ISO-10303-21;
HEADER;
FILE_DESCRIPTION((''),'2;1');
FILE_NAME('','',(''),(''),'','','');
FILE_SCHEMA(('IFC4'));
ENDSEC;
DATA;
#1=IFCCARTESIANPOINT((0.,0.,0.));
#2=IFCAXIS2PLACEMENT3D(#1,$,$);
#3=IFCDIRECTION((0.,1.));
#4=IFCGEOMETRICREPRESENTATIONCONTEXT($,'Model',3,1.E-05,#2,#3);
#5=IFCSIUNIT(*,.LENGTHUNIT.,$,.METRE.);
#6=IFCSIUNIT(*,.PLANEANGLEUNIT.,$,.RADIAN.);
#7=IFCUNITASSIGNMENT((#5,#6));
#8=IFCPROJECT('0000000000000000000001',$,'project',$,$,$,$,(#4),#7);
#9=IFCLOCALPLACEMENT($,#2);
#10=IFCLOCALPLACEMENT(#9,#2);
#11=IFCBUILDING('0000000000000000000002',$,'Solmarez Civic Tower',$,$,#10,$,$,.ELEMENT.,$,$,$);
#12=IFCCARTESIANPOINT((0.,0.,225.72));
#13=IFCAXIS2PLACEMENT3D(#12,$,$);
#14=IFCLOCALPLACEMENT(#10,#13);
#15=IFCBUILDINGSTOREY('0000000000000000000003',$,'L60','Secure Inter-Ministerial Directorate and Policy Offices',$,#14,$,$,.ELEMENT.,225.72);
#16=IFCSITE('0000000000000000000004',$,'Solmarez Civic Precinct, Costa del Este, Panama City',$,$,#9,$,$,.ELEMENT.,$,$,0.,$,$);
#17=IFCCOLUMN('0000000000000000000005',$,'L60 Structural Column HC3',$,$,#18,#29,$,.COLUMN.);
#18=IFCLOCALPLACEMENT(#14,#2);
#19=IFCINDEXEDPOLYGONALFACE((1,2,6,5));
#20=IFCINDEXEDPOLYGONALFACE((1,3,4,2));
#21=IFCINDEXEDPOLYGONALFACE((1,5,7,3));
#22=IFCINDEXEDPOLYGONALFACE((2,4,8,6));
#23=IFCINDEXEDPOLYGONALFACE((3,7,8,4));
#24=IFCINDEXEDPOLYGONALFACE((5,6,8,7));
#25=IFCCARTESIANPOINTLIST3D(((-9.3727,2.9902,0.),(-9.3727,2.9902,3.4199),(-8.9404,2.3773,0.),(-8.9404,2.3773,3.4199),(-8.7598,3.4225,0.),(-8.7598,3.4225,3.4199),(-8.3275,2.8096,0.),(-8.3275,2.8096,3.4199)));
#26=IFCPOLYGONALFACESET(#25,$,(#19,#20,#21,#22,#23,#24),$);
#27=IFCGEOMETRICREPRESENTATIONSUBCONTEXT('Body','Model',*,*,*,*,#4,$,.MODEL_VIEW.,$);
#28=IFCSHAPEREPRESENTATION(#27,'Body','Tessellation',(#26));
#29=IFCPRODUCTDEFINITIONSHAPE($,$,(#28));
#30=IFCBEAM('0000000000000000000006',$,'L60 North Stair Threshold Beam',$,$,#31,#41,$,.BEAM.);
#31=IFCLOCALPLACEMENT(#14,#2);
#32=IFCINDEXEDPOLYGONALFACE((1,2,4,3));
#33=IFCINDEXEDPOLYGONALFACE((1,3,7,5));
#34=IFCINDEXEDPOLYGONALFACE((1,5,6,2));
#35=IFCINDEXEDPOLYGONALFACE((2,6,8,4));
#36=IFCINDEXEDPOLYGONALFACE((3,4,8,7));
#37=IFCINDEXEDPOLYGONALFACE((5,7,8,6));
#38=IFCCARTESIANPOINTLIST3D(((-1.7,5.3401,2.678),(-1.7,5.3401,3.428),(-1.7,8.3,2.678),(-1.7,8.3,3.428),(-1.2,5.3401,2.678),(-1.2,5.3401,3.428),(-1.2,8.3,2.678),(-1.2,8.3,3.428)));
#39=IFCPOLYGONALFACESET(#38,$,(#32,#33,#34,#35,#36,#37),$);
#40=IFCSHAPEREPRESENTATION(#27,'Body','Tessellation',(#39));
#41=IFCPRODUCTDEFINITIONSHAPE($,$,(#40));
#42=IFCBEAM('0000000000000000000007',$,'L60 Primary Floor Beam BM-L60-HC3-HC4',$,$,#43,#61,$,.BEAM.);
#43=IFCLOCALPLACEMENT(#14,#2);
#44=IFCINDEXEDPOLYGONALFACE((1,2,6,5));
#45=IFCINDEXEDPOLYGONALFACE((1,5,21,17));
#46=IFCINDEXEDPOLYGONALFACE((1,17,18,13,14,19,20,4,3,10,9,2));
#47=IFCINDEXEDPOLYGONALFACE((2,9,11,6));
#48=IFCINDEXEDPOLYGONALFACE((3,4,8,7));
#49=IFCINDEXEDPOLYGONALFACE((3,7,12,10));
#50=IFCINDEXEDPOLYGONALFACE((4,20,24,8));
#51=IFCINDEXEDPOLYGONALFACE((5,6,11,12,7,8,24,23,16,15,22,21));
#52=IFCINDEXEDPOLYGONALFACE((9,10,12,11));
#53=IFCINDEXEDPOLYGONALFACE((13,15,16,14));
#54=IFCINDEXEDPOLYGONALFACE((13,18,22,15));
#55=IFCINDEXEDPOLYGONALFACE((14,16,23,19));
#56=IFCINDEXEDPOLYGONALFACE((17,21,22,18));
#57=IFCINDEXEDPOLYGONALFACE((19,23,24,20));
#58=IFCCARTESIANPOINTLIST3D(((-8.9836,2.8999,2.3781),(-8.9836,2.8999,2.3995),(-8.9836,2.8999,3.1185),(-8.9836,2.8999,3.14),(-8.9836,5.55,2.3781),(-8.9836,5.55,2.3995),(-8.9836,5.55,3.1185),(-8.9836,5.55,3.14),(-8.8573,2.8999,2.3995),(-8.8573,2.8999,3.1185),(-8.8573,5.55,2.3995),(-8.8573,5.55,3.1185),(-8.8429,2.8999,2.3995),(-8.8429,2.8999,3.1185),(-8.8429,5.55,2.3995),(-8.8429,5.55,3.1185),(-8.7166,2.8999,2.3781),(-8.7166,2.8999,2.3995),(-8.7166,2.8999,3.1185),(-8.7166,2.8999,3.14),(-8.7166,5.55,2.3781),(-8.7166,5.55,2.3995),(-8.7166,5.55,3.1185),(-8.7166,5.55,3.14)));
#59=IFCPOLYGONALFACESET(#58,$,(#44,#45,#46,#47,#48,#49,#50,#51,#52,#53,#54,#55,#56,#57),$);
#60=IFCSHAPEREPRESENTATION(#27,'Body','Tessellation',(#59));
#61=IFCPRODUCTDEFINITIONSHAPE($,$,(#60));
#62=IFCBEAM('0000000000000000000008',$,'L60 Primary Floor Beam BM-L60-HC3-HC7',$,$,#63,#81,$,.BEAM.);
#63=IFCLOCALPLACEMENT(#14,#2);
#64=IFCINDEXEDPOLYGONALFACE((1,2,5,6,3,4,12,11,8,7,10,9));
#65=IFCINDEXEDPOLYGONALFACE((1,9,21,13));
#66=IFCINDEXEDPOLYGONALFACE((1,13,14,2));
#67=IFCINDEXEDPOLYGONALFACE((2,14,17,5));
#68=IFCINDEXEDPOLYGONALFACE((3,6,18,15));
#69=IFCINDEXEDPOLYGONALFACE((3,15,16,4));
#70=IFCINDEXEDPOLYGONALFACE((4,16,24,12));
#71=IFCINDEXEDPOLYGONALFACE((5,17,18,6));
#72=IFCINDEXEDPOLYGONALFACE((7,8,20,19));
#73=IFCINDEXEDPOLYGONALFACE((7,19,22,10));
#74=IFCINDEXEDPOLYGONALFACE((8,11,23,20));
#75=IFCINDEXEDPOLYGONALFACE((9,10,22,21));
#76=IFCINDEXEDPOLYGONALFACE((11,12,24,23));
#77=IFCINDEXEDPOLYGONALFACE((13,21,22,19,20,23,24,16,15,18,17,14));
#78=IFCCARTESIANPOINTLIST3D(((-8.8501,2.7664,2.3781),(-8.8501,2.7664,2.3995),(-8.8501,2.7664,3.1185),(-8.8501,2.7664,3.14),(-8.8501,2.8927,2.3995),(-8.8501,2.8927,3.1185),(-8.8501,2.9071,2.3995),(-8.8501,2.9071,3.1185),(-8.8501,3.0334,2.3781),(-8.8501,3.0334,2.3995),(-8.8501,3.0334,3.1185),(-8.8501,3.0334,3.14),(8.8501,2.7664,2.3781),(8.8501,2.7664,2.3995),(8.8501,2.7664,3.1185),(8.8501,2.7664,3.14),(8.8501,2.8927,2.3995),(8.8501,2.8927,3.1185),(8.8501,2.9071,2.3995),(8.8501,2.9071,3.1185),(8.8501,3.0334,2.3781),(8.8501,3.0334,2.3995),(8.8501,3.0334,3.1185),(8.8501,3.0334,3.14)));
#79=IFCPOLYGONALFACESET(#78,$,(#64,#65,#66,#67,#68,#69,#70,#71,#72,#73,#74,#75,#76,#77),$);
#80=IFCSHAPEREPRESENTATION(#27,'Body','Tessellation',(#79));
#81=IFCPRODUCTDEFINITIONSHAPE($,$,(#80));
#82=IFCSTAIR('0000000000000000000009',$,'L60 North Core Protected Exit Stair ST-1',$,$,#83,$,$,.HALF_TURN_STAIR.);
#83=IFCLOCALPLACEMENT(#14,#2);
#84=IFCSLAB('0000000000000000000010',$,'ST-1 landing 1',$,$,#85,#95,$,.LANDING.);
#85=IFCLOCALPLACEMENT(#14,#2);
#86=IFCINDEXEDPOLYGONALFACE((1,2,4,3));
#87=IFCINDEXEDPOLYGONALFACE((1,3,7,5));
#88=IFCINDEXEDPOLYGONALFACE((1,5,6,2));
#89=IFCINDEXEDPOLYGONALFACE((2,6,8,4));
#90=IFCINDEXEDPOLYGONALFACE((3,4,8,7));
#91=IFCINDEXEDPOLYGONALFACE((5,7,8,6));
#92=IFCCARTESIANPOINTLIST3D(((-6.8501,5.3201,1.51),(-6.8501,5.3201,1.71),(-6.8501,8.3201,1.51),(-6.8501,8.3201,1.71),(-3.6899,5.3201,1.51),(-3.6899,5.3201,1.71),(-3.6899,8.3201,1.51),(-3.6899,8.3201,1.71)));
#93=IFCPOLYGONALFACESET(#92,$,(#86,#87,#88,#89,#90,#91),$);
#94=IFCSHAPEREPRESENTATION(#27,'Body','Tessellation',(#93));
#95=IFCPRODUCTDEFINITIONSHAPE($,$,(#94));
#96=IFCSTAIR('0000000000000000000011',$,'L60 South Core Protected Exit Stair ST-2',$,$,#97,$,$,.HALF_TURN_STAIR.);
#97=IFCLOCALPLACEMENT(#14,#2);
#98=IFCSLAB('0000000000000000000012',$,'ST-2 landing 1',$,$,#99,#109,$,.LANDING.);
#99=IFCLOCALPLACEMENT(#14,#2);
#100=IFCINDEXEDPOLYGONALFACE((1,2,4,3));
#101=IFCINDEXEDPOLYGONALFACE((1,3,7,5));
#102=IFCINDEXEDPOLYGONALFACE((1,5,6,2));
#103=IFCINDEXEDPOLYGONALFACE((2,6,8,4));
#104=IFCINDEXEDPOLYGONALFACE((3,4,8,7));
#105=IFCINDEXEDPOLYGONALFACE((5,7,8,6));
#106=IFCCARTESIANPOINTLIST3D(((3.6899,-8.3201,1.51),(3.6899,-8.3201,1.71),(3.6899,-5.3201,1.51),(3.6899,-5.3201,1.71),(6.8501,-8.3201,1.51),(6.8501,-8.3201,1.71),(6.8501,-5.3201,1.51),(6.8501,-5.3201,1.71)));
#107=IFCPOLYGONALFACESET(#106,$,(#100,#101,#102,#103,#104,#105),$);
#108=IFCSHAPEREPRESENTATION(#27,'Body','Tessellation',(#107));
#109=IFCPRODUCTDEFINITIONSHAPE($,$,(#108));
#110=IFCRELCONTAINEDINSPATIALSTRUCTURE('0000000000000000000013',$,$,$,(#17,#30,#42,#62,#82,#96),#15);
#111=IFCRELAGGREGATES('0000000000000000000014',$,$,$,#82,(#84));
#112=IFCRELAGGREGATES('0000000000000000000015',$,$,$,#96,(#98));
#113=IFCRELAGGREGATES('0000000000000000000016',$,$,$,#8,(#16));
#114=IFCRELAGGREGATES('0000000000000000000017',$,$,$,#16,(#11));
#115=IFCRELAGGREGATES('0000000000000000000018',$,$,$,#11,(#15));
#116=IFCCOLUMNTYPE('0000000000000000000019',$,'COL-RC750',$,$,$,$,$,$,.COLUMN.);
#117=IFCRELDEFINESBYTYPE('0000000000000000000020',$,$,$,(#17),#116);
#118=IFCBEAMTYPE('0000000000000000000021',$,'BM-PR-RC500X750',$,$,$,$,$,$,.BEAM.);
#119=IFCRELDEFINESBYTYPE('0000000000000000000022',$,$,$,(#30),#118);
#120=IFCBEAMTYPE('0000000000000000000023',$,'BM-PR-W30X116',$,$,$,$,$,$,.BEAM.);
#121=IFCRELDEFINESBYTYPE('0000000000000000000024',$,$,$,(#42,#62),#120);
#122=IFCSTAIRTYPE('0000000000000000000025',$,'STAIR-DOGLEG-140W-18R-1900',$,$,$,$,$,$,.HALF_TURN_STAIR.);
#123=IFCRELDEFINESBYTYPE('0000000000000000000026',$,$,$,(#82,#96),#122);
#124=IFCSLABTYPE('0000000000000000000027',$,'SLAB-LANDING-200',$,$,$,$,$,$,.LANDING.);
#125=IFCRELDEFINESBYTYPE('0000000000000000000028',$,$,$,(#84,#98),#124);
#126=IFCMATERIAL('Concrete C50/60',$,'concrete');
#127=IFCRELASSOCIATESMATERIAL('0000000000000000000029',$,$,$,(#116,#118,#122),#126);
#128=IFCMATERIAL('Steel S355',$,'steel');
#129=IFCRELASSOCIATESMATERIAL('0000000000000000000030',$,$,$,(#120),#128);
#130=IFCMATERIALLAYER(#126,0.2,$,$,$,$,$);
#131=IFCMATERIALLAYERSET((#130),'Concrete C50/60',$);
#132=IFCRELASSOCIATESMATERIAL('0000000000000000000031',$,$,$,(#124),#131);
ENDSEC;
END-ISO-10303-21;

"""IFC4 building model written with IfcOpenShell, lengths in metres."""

from ifc_helpers import new_model, si_unit, direction, frame, origin, origin_2d, place, context, subcontext, project, spatial, polyline, rectangle, i_section, outline, extrude, material, layer, layer_set, material_profile, profile_set, type_object, element, aggregate, save


model = new_model("IFC4")

# Units and contexts
model_context = context("Model", 3, precision=1e-05, world=origin(), true_north=direction((0.0, 1.0)))
body_context = subcontext(model_context, "Body", "Model", "MODEL_VIEW")
ifc_project = project(units=[si_unit("LENGTHUNIT", "METRE"), si_unit("PLANEANGLEUNIT", "RADIAN")], contexts=[model_context])

# Site, building, storey
site_placement = place(None, origin())
site = spatial("IfcSite", under=ifc_project, at=site_placement, Name="Solmarez Civic Precinct, Costa del Este, Panama City", CompositionType="ELEMENT", RefElevation=0.0)
building_placement = place(site_placement, origin())
building = spatial("IfcBuilding", under=site, at=building_placement, Name="Solmarez Civic Tower", CompositionType="ELEMENT")
storey_placement = place(building_placement, frame((0.0, 0.0, 225.72)))
storey = spatial("IfcBuildingStorey", under=building, at=storey_placement, Name="L60", Description="Secure Inter-Ministerial Directorate and Policy Offices", CompositionType="ELEMENT", Elevation=225.72)

# Column
ifc_material_1 = material(Name="Concrete C50/60", Category="concrete")
ifc_material_profile_1 = material_profile(ifc_material_1, rectangle(XDim=0.75, YDim=0.75, at=origin_2d()), Name="RC750X750")
ifc_profile_set_1 = profile_set([ifc_material_profile_1], Name="Concrete C50/60")
column_type = type_object("IfcColumnType", Name="COL-RC750", PredefinedType="COLUMN", material=ifc_profile_set_1)
column_placement = place(storey_placement, frame((-8.8501, 2.8999, 0.0), z_axis=(0.0, 0.0, 1.0), x_axis=(0.817145, 0.576432, 0.0)))
element("IfcColumn", 1, at=column_placement, inside=storey, type_object=column_type, Name="L60 Structural Column HC3", PredefinedType="COLUMN", context=body_context, shape_type="SweptSolid", body=[
    extrude(rectangle(XDim=0.75, YDim=0.75, at=origin_2d()), origin(), (0.0, 0.0, 1.0), 3.4199),
])

# Beams
ifc_material_profile_2 = material_profile(ifc_material_1, rectangle(XDim=0.5, YDim=0.75, at=origin_2d()), Name="RC500X750")
ifc_profile_set_2 = profile_set([ifc_material_profile_2], Name="Concrete C50/60")
beam_type_1 = type_object("IfcBeamType", Name="BM-PR-RC500X750", PredefinedType="BEAM", material=ifc_profile_set_2)
beam_1_placement = place(storey_placement, frame((-1.45, 5.3401, 3.053), z_axis=(0.0, 1.0, 0.0), x_axis=(-1.0, 0.0, 0.0)))
element("IfcBeam", 2, at=beam_1_placement, inside=storey, type_object=beam_type_1, Name="L60 North Stair Threshold Beam", PredefinedType="BEAM", context=body_context, shape_type="SweptSolid", body=[
    extrude(rectangle(XDim=0.5, YDim=0.75, at=origin_2d()), origin(), (0.0, 0.0, 1.0), 2.96),
])
ifc_material_2 = material(Name="Steel S355", Category="steel")
ifc_material_profile_3 = material_profile(ifc_material_2, i_section(OverallWidth=0.2671, OverallDepth=0.762, WebThickness=0.0144, FlangeThickness=0.0215, at=origin_2d()), Name="W30X116")
ifc_profile_set_3 = profile_set([ifc_material_profile_3], Name="Steel S355")
beam_type_2 = type_object("IfcBeamType", Name="BM-PR-W30X116", PredefinedType="BEAM", material=ifc_profile_set_3)
beam_2_placement = place(storey_placement, frame((-8.8501, 2.8999, 2.759), z_axis=(0.0, 1.0, 0.0), x_axis=(-1.0, 0.0, 0.0)))
element("IfcBeam", 3, at=beam_2_placement, inside=storey, type_object=beam_type_2, Name="L60 Primary Floor Beam BM-L60-HC3-HC4", PredefinedType="BEAM", context=body_context, shape_type="SweptSolid", body=[
    extrude(i_section(OverallWidth=0.2671, OverallDepth=0.762, WebThickness=0.0144, FlangeThickness=0.0215, at=origin_2d()), origin(), (0.0, 0.0, 1.0), 2.6501),
])
beam_3_placement = place(storey_placement, frame((-8.8501, 2.8999, 2.759), z_axis=(1.0, 0.0, 0.0), x_axis=(0.0, 1.0, 0.0)))
element("IfcBeam", 4, at=beam_3_placement, inside=storey, type_object=beam_type_2, Name="L60 Primary Floor Beam BM-L60-HC3-HC7", PredefinedType="BEAM", context=body_context, shape_type="SweptSolid", body=[
    extrude(i_section(OverallWidth=0.2671, OverallDepth=0.762, WebThickness=0.0144, FlangeThickness=0.0215, at=origin_2d()), origin(), (0.0, 0.0, 1.0), 17.7002),
])

# Stairs, slabs
stair_type = type_object("IfcStairType", Name="STAIR-DOGLEG-140W-18R-1900", PredefinedType="HALF_TURN_STAIR", material=ifc_material_1)
stair_1_placement = place(storey_placement, origin())
stair_1 = element("IfcStair", 5, at=stair_1_placement, inside=storey, type_object=stair_type, Name="L60 North Core Protected Exit Stair ST-1", PredefinedType="HALF_TURN_STAIR")
ifc_layer_1 = layer(ifc_material_1, 0.2)
ifc_layer_set_1 = layer_set([ifc_layer_1], Name="Concrete C50/60")
slab_type_1 = type_object("IfcSlabType", Name="SLAB-LANDING-200", PredefinedType="LANDING", material=ifc_layer_set_1)
slab_1_placement = place(storey_placement, frame((0.0, 0.0, 1.51)))
slab_1 = element("IfcSlab", 6, at=slab_1_placement, type_object=slab_type_1, Name="ST-1 landing 1", PredefinedType="LANDING", context=body_context, shape_type="SweptSolid", body=[
    extrude(outline(polyline([(-3.6899, 8.3201), (-6.8501, 8.3201), (-6.8501, 5.3201), (-3.6899, 5.3201), (-3.6899, 8.3201)])), origin(), (0.0, 0.0, 1.0), 0.2),
])
aggregate(stair_1, [slab_1])
stair_2_placement = place(storey_placement, origin())
stair_2 = element("IfcStair", 7, at=stair_2_placement, inside=storey, type_object=stair_type, Name="L60 South Core Protected Exit Stair ST-2", PredefinedType="HALF_TURN_STAIR")
slab_2_placement = place(storey_placement, frame((0.0, 0.0, 1.51)))
slab_2 = element("IfcSlab", 8, at=slab_2_placement, type_object=slab_type_1, Name="ST-2 landing 1", PredefinedType="LANDING", context=body_context, shape_type="SweptSolid", body=[
    extrude(outline(polyline([(3.6899, -8.3201), (6.8501, -8.3201), (6.8501, -5.3201), (3.6899, -5.3201), (3.6899, -8.3201)])), origin(), (0.0, 0.0, 1.0), 0.2),
])
aggregate(stair_2, [slab_2])

save(model, "model.ifc")
